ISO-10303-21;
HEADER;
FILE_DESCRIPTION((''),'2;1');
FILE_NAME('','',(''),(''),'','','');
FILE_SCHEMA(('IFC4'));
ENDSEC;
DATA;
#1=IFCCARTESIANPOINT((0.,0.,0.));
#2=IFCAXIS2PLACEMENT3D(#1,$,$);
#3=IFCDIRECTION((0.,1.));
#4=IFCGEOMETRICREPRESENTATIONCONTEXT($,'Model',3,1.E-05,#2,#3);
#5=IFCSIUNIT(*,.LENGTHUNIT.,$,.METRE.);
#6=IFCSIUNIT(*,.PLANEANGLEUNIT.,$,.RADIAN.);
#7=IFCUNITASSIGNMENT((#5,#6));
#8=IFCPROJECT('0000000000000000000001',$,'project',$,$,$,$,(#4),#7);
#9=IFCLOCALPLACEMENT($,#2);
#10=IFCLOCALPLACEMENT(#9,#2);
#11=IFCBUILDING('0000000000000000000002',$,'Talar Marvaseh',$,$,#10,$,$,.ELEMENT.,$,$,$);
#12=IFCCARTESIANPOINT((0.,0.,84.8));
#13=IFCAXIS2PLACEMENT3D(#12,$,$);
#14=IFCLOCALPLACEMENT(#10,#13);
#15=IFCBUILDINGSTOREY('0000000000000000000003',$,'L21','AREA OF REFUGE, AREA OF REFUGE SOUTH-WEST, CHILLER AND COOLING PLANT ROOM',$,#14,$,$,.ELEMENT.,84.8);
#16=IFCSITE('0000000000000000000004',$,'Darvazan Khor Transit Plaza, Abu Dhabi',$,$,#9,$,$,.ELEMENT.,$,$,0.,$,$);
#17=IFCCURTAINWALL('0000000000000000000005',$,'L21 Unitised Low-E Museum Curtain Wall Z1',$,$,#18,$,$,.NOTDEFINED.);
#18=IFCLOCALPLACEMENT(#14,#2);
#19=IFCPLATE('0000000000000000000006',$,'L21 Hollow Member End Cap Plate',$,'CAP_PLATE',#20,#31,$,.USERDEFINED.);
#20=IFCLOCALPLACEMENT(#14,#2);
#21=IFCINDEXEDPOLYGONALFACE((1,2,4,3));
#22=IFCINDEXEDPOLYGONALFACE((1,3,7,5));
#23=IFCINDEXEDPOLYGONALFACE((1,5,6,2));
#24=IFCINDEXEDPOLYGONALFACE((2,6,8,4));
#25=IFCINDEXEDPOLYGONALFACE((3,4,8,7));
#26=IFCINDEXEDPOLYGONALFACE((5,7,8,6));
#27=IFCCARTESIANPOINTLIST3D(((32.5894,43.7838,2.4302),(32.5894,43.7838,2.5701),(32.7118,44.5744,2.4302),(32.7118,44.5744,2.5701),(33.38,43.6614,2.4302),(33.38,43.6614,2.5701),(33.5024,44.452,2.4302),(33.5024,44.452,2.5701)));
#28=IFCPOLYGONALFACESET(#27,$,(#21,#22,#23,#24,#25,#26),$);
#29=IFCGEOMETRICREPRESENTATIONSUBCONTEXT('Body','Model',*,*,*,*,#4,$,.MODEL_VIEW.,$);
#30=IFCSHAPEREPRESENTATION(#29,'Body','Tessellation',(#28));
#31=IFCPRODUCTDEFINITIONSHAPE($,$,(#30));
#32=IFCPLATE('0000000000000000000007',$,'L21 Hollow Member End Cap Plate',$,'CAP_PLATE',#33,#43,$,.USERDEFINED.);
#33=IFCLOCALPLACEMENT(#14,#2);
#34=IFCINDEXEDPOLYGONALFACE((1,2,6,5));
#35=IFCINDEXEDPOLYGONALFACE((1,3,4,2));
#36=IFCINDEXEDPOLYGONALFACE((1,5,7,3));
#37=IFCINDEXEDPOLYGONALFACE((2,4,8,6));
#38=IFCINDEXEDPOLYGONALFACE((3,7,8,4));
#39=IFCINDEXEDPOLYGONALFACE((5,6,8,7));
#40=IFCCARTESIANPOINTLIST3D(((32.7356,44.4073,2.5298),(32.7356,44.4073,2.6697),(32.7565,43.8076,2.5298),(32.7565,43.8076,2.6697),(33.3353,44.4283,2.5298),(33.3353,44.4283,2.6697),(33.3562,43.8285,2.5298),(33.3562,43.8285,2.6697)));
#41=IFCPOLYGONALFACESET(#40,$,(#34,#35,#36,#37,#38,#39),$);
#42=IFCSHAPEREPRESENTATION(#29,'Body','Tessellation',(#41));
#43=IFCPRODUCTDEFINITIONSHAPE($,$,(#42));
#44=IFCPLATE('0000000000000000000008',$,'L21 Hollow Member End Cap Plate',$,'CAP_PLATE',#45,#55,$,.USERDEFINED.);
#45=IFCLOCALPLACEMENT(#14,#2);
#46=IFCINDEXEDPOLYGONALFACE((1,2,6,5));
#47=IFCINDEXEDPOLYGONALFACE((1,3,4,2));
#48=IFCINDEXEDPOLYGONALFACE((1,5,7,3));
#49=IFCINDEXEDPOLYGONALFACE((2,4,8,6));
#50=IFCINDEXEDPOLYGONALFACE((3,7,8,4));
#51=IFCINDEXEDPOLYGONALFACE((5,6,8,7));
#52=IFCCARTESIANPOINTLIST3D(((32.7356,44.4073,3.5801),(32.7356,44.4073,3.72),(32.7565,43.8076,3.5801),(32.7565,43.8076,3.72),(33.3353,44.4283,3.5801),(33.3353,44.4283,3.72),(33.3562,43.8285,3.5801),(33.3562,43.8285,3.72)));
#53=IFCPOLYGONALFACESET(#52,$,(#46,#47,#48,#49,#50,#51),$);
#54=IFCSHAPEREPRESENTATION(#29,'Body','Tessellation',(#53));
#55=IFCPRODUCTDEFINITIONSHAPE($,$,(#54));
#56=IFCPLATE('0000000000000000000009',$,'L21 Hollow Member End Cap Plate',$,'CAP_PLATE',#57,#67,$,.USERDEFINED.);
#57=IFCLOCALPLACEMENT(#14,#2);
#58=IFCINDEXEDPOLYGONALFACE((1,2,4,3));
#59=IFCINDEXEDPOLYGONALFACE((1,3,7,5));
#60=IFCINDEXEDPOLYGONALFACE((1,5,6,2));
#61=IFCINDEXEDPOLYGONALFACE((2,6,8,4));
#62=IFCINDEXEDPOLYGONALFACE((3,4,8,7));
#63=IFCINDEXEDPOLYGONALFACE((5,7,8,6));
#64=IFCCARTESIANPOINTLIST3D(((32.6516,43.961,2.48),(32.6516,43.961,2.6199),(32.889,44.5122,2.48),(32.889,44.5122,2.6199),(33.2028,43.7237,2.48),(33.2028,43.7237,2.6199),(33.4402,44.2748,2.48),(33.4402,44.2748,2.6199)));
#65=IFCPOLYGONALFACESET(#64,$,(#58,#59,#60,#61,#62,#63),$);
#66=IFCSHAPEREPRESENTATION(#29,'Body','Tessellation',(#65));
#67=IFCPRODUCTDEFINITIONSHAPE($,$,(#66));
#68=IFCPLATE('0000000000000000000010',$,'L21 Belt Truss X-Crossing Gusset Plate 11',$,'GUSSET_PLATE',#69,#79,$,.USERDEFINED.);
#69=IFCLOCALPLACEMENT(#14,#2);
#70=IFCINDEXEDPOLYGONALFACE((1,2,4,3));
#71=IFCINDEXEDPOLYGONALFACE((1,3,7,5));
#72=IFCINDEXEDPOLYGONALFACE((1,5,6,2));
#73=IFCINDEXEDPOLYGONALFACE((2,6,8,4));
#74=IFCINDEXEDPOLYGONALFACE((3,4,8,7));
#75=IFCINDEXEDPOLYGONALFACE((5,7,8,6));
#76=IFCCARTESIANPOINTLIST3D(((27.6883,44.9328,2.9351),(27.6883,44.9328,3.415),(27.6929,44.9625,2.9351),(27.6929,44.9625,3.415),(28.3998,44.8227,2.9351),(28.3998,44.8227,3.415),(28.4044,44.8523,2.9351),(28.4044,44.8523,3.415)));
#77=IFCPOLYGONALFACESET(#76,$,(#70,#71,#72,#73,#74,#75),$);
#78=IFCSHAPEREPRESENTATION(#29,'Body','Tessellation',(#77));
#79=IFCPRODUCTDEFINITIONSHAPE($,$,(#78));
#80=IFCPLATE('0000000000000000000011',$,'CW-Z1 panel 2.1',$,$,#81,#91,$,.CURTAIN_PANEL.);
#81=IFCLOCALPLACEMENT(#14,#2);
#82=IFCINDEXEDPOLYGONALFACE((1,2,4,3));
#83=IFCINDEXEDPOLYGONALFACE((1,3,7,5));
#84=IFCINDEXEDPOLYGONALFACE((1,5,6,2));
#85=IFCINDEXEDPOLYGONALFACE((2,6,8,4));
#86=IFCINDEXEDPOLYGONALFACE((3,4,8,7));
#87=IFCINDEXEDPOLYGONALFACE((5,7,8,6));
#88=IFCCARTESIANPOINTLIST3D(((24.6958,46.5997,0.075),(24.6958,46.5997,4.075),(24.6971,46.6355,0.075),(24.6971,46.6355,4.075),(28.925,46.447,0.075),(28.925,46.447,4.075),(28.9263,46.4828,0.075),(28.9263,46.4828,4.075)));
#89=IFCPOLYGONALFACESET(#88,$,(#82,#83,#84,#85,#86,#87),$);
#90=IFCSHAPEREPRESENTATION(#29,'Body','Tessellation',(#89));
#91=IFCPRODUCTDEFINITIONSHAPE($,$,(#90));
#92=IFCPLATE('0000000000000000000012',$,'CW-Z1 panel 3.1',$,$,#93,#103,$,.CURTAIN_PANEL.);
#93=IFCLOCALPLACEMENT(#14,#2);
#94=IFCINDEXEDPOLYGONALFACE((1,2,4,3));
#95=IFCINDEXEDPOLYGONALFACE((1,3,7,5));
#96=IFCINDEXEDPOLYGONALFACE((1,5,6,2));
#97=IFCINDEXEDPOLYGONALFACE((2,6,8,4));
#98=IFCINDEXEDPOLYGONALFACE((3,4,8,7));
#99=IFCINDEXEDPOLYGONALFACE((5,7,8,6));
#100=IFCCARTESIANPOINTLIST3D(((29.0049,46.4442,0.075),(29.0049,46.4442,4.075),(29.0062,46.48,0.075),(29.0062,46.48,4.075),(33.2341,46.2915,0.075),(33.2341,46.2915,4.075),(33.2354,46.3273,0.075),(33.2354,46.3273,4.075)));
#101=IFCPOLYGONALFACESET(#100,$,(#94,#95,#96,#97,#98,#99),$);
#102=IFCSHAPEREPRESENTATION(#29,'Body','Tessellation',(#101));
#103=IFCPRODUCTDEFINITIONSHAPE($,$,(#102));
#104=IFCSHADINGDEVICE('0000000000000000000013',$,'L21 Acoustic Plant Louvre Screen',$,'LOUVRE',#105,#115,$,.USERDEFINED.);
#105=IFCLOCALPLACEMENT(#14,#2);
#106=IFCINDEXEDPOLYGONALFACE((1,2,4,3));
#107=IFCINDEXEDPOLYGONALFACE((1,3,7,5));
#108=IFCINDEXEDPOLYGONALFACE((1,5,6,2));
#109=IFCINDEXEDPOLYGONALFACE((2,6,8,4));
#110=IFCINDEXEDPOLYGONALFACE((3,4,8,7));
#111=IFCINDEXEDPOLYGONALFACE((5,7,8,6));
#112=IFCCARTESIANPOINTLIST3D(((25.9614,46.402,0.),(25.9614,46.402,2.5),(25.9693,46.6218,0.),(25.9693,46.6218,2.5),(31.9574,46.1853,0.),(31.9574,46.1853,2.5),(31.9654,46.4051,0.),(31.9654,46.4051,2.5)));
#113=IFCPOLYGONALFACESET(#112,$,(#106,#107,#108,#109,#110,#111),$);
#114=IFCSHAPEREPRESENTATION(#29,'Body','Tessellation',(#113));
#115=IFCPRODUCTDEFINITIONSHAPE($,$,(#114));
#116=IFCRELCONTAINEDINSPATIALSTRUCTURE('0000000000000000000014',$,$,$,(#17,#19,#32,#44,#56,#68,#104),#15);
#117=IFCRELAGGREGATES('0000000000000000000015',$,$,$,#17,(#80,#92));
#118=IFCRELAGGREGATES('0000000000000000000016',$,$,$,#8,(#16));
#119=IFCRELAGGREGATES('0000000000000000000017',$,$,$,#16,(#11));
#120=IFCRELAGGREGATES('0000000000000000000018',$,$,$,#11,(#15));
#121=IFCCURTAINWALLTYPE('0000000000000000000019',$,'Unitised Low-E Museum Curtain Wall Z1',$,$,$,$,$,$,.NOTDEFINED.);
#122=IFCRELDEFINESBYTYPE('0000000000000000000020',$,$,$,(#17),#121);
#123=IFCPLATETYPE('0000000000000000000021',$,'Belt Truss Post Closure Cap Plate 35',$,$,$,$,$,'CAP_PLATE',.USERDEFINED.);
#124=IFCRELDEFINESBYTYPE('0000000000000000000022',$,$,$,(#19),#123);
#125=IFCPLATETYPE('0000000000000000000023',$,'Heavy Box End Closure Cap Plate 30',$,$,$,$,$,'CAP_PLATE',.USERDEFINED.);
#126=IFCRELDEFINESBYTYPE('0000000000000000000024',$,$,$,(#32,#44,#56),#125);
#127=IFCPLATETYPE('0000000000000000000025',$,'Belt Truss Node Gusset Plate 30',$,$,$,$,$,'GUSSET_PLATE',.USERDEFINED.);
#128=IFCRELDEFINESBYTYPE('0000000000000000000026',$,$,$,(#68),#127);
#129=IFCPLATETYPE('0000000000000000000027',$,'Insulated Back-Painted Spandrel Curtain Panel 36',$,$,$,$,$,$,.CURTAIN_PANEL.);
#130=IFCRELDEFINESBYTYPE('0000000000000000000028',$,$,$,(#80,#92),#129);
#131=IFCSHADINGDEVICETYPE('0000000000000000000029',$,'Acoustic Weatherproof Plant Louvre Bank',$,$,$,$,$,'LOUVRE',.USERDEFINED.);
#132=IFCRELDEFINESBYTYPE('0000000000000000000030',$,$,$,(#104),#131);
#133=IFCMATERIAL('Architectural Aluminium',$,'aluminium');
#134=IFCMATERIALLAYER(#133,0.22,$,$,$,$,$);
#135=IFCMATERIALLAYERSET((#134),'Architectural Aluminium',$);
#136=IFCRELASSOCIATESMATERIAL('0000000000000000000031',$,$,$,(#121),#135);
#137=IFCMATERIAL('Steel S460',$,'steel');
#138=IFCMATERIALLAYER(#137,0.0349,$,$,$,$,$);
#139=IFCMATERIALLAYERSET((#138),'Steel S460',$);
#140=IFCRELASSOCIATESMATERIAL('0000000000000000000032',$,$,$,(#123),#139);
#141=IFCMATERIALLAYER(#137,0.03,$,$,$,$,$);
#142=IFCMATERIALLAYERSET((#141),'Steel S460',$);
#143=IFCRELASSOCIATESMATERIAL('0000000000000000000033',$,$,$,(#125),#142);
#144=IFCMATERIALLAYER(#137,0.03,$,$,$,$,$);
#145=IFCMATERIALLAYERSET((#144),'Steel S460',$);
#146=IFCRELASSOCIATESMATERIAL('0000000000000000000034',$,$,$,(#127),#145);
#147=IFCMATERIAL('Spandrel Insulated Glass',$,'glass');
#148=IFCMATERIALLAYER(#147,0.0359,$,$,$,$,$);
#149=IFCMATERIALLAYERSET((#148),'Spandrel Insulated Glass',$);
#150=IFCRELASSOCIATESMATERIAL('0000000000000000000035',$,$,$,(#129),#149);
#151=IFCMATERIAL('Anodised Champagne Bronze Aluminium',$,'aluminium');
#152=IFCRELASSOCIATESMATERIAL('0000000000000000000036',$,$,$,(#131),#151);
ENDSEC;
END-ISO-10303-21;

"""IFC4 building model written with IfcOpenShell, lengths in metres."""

from ifc_helpers import new_model, si_unit, direction, frame, origin, origin_2d, place, context, subcontext, project, spatial, rectangle, extrude, source, transform, mapped, material, layer, layer_set, type_object, type_shapes, element, aggregate, save


model = new_model("IFC4")

# Units and contexts
model_context = context("Model", 3, precision=1e-05, world=origin(), true_north=direction((0.0, 1.0)))
body_context = subcontext(model_context, "Body", "Model", "MODEL_VIEW")
ifc_project = project(units=[si_unit("LENGTHUNIT", "METRE"), si_unit("PLANEANGLEUNIT", "RADIAN")], contexts=[model_context])

# Site, building, storey
site_placement = place(None, origin())
site = spatial("IfcSite", under=ifc_project, at=site_placement, Name="Darvazan Khor Transit Plaza, Abu Dhabi", CompositionType="ELEMENT", RefElevation=0.0)
building_placement = place(site_placement, origin())
building = spatial("IfcBuilding", under=site, at=building_placement, Name="Talar Marvaseh", CompositionType="ELEMENT")
storey_placement = place(building_placement, frame((0.0, 0.0, 84.8)))
storey = spatial("IfcBuildingStorey", under=building, at=storey_placement, Name="L21", Description="AREA OF REFUGE, AREA OF REFUGE SOUTH-WEST, CHILLER AND COOLING PLANT ROOM", CompositionType="ELEMENT", Elevation=84.8)

# Shared definitions
ifc_material_1 = material(Name="Steel S460", Category="steel")

# Curtain wall
ifc_material_2 = material(Name="Architectural Aluminium", Category="aluminium")
ifc_layer_1 = layer(ifc_material_2, 0.22)
ifc_layer_set_1 = layer_set([ifc_layer_1], Name="Architectural Aluminium")
curtain_wall_type = type_object("IfcCurtainWallType", Name="Unitised Low-E Museum Curtain Wall Z1", PredefinedType="NOTDEFINED", material=ifc_layer_set_1)
curtain_wall_placement = place(storey_placement, origin())
curtain_wall = element("IfcCurtainWall", 1, at=curtain_wall_placement, inside=storey, type_object=curtain_wall_type, Name="L21 Unitised Low-E Museum Curtain Wall Z1", PredefinedType="NOTDEFINED")

# Plates
ifc_layer_2 = layer(ifc_material_1, 0.0349)
ifc_layer_set_2 = layer_set([ifc_layer_2], Name="Steel S460")
plate_type_1 = type_object("IfcPlateType", Name="Belt Truss Post Closure Cap Plate 35", ElementType="CAP_PLATE", PredefinedType="USERDEFINED", material=ifc_layer_set_2)
shared_shape_1 = source(origin(), body_context, "Body", "SweptSolid", [
    extrude(rectangle(XDim=0.8, YDim=0.8, at=origin_2d()), origin(), (0.0, 0.0, 1.0), 0.1399),
])
type_shapes(plate_type_1, [shared_shape_1])
plate_1_placement = place(storey_placement, frame((33.0459, 44.1179, 2.4302), z_axis=(0.0, 0.0, 1.0), x_axis=(0.988228, -0.152986, 0.0)))
element("IfcPlate", 2, at=plate_1_placement, inside=storey, type_object=plate_type_1, Name="L21 Hollow Member End Cap Plate", ObjectType="CAP_PLATE", PredefinedType="USERDEFINED", context=body_context, shape_type="MappedRepresentation", body=[
    mapped(shared_shape_1, transform((0.0, 0.0, 0.0), x_axis=(1.0, 0.0, 0.0), y_axis=(0.0, 1.0, 0.0), z_axis=(0.0, 0.0, 1.0), scale=1.0)),
])
ifc_layer_3 = layer(ifc_material_1, 0.03)
ifc_layer_set_3 = layer_set([ifc_layer_3], Name="Steel S460")
plate_type_2 = type_object("IfcPlateType", Name="Heavy Box End Closure Cap Plate 30", ElementType="CAP_PLATE", PredefinedType="USERDEFINED", material=ifc_layer_set_3)
shared_shape_2 = source(origin(), body_context, "Body", "SweptSolid", [
    extrude(rectangle(XDim=0.6001, YDim=0.6001, at=origin_2d()), origin(), (0.0, 0.0, 1.0), 0.1399),
])
type_shapes(plate_type_2, [shared_shape_2])
for number, where, z_axis, x_axis, name in (
    (3, (33.0459, 44.1179, 2.5298), (0.0, 0.0, 1.0), (-0.034899, 0.999391, 0.0), "L21 Hollow Member End Cap Plate"),
    (4, (33.0459, 44.1179, 3.5801), (0.0, 0.0, 1.0), (-0.034899, 0.999391, 0.0), "L21 Hollow Member End Cap Plate"),
    (5, (33.0459, 44.1179, 2.48), (0.0, 0.0, 1.0), (0.918446, -0.395546, 0.0), "L21 Hollow Member End Cap Plate"),
):
    element("IfcPlate", number, at=place(storey_placement, frame(where, z_axis=z_axis, x_axis=x_axis)), inside=storey, type_object=plate_type_2, Name=name, ObjectType="CAP_PLATE", PredefinedType="USERDEFINED", context=body_context, shape_type="MappedRepresentation", body=[
        mapped(shared_shape_2, transform((0.0, 0.0, 0.0), x_axis=(1.0, 0.0, 0.0), y_axis=(0.0, 1.0, 0.0), z_axis=(0.0, 0.0, 1.0), scale=1.0)),
    ])
ifc_layer_4 = layer(ifc_material_1, 0.03)
ifc_layer_set_4 = layer_set([ifc_layer_4], Name="Steel S460")
plate_type_3 = type_object("IfcPlateType", Name="Belt Truss Node Gusset Plate 30", ElementType="GUSSET_PLATE", PredefinedType="USERDEFINED", material=ifc_layer_set_4)
shared_shape_3 = source(origin(), body_context, "Body", "SweptSolid", [
    extrude(rectangle(XDim=0.72, YDim=0.03, at=origin_2d()), origin(), (0.0, 0.0, 1.0), 0.48),
])
type_shapes(plate_type_3, [shared_shape_3])
plate_2_placement = place(storey_placement, frame((28.0464, 44.8926, 2.9351), z_axis=(0.0, 0.0, 1.0), x_axis=(0.988228, -0.152986, 0.0)))
element("IfcPlate", 6, at=plate_2_placement, inside=storey, type_object=plate_type_3, Name="L21 Belt Truss X-Crossing Gusset Plate 11", ObjectType="GUSSET_PLATE", PredefinedType="USERDEFINED", context=body_context, shape_type="MappedRepresentation", body=[
    mapped(shared_shape_3, transform((0.0, 0.0, 0.0), x_axis=(1.0, 0.0, 0.0), y_axis=(0.0, 1.0, 0.0), z_axis=(0.0, 0.0, 1.0), scale=1.0)),
])

# Plates
ifc_material_3 = material(Name="Spandrel Insulated Glass", Category="glass")
ifc_layer_5 = layer(ifc_material_3, 0.0359)
ifc_layer_set_5 = layer_set([ifc_layer_5], Name="Spandrel Insulated Glass")
plate_type_4 = type_object("IfcPlateType", Name="Insulated Back-Painted Spandrel Curtain Panel 36", PredefinedType="CURTAIN_PANEL", material=ifc_layer_set_5)
shared_shape_4 = source(origin(), body_context, "Body", "SweptSolid", [
    extrude(rectangle(XDim=4.2319, YDim=0.0359, at=origin_2d()), origin(), (0.0, 0.0, 1.0), 4.0),
])
type_shapes(plate_type_4, [shared_shape_4])
plate_3_placement = place(storey_placement, frame((26.811, 46.5413, 0.075), z_axis=(0.0, 0.0, 1.0), x_axis=(0.999349, -0.036081, 0.0)))
plate_3 = element("IfcPlate", 7, at=plate_3_placement, type_object=plate_type_4, Name="CW-Z1 panel 2.1", PredefinedType="CURTAIN_PANEL", context=body_context, shape_type="MappedRepresentation", body=[
    mapped(shared_shape_4, transform((0.0, 0.0, 0.0), x_axis=(1.0, 0.0, 0.0), y_axis=(0.0, 1.0, 0.0), z_axis=(0.0, 0.0, 1.0), scale=1.0)),
])
plate_4_placement = place(storey_placement, frame((31.1201, 46.3857, 0.075), z_axis=(0.0, 0.0, 1.0), x_axis=(0.999349, -0.036081, 0.0)))
plate_4 = element("IfcPlate", 8, at=plate_4_placement, type_object=plate_type_4, Name="CW-Z1 panel 3.1", PredefinedType="CURTAIN_PANEL", context=body_context, shape_type="MappedRepresentation", body=[
    mapped(shared_shape_4, transform((0.0, 0.0, 0.0), x_axis=(1.0, 0.0, 0.0), y_axis=(0.0, 1.0, 0.0), z_axis=(0.0, 0.0, 1.0), scale=1.0)),
])
aggregate(curtain_wall, [plate_3, plate_4])

# Shading device
ifc_material_4 = material(Name="Anodised Champagne Bronze Aluminium", Category="aluminium")
shading_device_type = type_object("IfcShadingDeviceType", Name="Acoustic Weatherproof Plant Louvre Bank", ElementType="LOUVRE", PredefinedType="USERDEFINED", material=ifc_material_4)
shared_shape_5 = source(origin(), body_context, "Body", "SweptSolid", [
    extrude(rectangle(XDim=6.0, YDim=0.22, at=origin_2d()), origin(), (0.0, 0.0, 1.0), 2.5),
])
type_shapes(shading_device_type, [shared_shape_5])
shading_device_placement = place(storey_placement, frame((28.9634, 46.4036, 0.0), z_axis=(0.0, 0.0, 1.0), x_axis=(0.999347, -0.03612, 0.0)))
element("IfcShadingDevice", 9, at=shading_device_placement, inside=storey, type_object=shading_device_type, Name="L21 Acoustic Plant Louvre Screen", ObjectType="LOUVRE", PredefinedType="USERDEFINED", context=body_context, shape_type="MappedRepresentation", body=[
    mapped(shared_shape_5, transform((0.0, 0.0, 0.0), x_axis=(1.0, 0.0, 0.0), y_axis=(0.0, 1.0, 0.0), z_axis=(0.0, 0.0, 1.0), scale=1.0)),
])

save(model, "model.ifc")
